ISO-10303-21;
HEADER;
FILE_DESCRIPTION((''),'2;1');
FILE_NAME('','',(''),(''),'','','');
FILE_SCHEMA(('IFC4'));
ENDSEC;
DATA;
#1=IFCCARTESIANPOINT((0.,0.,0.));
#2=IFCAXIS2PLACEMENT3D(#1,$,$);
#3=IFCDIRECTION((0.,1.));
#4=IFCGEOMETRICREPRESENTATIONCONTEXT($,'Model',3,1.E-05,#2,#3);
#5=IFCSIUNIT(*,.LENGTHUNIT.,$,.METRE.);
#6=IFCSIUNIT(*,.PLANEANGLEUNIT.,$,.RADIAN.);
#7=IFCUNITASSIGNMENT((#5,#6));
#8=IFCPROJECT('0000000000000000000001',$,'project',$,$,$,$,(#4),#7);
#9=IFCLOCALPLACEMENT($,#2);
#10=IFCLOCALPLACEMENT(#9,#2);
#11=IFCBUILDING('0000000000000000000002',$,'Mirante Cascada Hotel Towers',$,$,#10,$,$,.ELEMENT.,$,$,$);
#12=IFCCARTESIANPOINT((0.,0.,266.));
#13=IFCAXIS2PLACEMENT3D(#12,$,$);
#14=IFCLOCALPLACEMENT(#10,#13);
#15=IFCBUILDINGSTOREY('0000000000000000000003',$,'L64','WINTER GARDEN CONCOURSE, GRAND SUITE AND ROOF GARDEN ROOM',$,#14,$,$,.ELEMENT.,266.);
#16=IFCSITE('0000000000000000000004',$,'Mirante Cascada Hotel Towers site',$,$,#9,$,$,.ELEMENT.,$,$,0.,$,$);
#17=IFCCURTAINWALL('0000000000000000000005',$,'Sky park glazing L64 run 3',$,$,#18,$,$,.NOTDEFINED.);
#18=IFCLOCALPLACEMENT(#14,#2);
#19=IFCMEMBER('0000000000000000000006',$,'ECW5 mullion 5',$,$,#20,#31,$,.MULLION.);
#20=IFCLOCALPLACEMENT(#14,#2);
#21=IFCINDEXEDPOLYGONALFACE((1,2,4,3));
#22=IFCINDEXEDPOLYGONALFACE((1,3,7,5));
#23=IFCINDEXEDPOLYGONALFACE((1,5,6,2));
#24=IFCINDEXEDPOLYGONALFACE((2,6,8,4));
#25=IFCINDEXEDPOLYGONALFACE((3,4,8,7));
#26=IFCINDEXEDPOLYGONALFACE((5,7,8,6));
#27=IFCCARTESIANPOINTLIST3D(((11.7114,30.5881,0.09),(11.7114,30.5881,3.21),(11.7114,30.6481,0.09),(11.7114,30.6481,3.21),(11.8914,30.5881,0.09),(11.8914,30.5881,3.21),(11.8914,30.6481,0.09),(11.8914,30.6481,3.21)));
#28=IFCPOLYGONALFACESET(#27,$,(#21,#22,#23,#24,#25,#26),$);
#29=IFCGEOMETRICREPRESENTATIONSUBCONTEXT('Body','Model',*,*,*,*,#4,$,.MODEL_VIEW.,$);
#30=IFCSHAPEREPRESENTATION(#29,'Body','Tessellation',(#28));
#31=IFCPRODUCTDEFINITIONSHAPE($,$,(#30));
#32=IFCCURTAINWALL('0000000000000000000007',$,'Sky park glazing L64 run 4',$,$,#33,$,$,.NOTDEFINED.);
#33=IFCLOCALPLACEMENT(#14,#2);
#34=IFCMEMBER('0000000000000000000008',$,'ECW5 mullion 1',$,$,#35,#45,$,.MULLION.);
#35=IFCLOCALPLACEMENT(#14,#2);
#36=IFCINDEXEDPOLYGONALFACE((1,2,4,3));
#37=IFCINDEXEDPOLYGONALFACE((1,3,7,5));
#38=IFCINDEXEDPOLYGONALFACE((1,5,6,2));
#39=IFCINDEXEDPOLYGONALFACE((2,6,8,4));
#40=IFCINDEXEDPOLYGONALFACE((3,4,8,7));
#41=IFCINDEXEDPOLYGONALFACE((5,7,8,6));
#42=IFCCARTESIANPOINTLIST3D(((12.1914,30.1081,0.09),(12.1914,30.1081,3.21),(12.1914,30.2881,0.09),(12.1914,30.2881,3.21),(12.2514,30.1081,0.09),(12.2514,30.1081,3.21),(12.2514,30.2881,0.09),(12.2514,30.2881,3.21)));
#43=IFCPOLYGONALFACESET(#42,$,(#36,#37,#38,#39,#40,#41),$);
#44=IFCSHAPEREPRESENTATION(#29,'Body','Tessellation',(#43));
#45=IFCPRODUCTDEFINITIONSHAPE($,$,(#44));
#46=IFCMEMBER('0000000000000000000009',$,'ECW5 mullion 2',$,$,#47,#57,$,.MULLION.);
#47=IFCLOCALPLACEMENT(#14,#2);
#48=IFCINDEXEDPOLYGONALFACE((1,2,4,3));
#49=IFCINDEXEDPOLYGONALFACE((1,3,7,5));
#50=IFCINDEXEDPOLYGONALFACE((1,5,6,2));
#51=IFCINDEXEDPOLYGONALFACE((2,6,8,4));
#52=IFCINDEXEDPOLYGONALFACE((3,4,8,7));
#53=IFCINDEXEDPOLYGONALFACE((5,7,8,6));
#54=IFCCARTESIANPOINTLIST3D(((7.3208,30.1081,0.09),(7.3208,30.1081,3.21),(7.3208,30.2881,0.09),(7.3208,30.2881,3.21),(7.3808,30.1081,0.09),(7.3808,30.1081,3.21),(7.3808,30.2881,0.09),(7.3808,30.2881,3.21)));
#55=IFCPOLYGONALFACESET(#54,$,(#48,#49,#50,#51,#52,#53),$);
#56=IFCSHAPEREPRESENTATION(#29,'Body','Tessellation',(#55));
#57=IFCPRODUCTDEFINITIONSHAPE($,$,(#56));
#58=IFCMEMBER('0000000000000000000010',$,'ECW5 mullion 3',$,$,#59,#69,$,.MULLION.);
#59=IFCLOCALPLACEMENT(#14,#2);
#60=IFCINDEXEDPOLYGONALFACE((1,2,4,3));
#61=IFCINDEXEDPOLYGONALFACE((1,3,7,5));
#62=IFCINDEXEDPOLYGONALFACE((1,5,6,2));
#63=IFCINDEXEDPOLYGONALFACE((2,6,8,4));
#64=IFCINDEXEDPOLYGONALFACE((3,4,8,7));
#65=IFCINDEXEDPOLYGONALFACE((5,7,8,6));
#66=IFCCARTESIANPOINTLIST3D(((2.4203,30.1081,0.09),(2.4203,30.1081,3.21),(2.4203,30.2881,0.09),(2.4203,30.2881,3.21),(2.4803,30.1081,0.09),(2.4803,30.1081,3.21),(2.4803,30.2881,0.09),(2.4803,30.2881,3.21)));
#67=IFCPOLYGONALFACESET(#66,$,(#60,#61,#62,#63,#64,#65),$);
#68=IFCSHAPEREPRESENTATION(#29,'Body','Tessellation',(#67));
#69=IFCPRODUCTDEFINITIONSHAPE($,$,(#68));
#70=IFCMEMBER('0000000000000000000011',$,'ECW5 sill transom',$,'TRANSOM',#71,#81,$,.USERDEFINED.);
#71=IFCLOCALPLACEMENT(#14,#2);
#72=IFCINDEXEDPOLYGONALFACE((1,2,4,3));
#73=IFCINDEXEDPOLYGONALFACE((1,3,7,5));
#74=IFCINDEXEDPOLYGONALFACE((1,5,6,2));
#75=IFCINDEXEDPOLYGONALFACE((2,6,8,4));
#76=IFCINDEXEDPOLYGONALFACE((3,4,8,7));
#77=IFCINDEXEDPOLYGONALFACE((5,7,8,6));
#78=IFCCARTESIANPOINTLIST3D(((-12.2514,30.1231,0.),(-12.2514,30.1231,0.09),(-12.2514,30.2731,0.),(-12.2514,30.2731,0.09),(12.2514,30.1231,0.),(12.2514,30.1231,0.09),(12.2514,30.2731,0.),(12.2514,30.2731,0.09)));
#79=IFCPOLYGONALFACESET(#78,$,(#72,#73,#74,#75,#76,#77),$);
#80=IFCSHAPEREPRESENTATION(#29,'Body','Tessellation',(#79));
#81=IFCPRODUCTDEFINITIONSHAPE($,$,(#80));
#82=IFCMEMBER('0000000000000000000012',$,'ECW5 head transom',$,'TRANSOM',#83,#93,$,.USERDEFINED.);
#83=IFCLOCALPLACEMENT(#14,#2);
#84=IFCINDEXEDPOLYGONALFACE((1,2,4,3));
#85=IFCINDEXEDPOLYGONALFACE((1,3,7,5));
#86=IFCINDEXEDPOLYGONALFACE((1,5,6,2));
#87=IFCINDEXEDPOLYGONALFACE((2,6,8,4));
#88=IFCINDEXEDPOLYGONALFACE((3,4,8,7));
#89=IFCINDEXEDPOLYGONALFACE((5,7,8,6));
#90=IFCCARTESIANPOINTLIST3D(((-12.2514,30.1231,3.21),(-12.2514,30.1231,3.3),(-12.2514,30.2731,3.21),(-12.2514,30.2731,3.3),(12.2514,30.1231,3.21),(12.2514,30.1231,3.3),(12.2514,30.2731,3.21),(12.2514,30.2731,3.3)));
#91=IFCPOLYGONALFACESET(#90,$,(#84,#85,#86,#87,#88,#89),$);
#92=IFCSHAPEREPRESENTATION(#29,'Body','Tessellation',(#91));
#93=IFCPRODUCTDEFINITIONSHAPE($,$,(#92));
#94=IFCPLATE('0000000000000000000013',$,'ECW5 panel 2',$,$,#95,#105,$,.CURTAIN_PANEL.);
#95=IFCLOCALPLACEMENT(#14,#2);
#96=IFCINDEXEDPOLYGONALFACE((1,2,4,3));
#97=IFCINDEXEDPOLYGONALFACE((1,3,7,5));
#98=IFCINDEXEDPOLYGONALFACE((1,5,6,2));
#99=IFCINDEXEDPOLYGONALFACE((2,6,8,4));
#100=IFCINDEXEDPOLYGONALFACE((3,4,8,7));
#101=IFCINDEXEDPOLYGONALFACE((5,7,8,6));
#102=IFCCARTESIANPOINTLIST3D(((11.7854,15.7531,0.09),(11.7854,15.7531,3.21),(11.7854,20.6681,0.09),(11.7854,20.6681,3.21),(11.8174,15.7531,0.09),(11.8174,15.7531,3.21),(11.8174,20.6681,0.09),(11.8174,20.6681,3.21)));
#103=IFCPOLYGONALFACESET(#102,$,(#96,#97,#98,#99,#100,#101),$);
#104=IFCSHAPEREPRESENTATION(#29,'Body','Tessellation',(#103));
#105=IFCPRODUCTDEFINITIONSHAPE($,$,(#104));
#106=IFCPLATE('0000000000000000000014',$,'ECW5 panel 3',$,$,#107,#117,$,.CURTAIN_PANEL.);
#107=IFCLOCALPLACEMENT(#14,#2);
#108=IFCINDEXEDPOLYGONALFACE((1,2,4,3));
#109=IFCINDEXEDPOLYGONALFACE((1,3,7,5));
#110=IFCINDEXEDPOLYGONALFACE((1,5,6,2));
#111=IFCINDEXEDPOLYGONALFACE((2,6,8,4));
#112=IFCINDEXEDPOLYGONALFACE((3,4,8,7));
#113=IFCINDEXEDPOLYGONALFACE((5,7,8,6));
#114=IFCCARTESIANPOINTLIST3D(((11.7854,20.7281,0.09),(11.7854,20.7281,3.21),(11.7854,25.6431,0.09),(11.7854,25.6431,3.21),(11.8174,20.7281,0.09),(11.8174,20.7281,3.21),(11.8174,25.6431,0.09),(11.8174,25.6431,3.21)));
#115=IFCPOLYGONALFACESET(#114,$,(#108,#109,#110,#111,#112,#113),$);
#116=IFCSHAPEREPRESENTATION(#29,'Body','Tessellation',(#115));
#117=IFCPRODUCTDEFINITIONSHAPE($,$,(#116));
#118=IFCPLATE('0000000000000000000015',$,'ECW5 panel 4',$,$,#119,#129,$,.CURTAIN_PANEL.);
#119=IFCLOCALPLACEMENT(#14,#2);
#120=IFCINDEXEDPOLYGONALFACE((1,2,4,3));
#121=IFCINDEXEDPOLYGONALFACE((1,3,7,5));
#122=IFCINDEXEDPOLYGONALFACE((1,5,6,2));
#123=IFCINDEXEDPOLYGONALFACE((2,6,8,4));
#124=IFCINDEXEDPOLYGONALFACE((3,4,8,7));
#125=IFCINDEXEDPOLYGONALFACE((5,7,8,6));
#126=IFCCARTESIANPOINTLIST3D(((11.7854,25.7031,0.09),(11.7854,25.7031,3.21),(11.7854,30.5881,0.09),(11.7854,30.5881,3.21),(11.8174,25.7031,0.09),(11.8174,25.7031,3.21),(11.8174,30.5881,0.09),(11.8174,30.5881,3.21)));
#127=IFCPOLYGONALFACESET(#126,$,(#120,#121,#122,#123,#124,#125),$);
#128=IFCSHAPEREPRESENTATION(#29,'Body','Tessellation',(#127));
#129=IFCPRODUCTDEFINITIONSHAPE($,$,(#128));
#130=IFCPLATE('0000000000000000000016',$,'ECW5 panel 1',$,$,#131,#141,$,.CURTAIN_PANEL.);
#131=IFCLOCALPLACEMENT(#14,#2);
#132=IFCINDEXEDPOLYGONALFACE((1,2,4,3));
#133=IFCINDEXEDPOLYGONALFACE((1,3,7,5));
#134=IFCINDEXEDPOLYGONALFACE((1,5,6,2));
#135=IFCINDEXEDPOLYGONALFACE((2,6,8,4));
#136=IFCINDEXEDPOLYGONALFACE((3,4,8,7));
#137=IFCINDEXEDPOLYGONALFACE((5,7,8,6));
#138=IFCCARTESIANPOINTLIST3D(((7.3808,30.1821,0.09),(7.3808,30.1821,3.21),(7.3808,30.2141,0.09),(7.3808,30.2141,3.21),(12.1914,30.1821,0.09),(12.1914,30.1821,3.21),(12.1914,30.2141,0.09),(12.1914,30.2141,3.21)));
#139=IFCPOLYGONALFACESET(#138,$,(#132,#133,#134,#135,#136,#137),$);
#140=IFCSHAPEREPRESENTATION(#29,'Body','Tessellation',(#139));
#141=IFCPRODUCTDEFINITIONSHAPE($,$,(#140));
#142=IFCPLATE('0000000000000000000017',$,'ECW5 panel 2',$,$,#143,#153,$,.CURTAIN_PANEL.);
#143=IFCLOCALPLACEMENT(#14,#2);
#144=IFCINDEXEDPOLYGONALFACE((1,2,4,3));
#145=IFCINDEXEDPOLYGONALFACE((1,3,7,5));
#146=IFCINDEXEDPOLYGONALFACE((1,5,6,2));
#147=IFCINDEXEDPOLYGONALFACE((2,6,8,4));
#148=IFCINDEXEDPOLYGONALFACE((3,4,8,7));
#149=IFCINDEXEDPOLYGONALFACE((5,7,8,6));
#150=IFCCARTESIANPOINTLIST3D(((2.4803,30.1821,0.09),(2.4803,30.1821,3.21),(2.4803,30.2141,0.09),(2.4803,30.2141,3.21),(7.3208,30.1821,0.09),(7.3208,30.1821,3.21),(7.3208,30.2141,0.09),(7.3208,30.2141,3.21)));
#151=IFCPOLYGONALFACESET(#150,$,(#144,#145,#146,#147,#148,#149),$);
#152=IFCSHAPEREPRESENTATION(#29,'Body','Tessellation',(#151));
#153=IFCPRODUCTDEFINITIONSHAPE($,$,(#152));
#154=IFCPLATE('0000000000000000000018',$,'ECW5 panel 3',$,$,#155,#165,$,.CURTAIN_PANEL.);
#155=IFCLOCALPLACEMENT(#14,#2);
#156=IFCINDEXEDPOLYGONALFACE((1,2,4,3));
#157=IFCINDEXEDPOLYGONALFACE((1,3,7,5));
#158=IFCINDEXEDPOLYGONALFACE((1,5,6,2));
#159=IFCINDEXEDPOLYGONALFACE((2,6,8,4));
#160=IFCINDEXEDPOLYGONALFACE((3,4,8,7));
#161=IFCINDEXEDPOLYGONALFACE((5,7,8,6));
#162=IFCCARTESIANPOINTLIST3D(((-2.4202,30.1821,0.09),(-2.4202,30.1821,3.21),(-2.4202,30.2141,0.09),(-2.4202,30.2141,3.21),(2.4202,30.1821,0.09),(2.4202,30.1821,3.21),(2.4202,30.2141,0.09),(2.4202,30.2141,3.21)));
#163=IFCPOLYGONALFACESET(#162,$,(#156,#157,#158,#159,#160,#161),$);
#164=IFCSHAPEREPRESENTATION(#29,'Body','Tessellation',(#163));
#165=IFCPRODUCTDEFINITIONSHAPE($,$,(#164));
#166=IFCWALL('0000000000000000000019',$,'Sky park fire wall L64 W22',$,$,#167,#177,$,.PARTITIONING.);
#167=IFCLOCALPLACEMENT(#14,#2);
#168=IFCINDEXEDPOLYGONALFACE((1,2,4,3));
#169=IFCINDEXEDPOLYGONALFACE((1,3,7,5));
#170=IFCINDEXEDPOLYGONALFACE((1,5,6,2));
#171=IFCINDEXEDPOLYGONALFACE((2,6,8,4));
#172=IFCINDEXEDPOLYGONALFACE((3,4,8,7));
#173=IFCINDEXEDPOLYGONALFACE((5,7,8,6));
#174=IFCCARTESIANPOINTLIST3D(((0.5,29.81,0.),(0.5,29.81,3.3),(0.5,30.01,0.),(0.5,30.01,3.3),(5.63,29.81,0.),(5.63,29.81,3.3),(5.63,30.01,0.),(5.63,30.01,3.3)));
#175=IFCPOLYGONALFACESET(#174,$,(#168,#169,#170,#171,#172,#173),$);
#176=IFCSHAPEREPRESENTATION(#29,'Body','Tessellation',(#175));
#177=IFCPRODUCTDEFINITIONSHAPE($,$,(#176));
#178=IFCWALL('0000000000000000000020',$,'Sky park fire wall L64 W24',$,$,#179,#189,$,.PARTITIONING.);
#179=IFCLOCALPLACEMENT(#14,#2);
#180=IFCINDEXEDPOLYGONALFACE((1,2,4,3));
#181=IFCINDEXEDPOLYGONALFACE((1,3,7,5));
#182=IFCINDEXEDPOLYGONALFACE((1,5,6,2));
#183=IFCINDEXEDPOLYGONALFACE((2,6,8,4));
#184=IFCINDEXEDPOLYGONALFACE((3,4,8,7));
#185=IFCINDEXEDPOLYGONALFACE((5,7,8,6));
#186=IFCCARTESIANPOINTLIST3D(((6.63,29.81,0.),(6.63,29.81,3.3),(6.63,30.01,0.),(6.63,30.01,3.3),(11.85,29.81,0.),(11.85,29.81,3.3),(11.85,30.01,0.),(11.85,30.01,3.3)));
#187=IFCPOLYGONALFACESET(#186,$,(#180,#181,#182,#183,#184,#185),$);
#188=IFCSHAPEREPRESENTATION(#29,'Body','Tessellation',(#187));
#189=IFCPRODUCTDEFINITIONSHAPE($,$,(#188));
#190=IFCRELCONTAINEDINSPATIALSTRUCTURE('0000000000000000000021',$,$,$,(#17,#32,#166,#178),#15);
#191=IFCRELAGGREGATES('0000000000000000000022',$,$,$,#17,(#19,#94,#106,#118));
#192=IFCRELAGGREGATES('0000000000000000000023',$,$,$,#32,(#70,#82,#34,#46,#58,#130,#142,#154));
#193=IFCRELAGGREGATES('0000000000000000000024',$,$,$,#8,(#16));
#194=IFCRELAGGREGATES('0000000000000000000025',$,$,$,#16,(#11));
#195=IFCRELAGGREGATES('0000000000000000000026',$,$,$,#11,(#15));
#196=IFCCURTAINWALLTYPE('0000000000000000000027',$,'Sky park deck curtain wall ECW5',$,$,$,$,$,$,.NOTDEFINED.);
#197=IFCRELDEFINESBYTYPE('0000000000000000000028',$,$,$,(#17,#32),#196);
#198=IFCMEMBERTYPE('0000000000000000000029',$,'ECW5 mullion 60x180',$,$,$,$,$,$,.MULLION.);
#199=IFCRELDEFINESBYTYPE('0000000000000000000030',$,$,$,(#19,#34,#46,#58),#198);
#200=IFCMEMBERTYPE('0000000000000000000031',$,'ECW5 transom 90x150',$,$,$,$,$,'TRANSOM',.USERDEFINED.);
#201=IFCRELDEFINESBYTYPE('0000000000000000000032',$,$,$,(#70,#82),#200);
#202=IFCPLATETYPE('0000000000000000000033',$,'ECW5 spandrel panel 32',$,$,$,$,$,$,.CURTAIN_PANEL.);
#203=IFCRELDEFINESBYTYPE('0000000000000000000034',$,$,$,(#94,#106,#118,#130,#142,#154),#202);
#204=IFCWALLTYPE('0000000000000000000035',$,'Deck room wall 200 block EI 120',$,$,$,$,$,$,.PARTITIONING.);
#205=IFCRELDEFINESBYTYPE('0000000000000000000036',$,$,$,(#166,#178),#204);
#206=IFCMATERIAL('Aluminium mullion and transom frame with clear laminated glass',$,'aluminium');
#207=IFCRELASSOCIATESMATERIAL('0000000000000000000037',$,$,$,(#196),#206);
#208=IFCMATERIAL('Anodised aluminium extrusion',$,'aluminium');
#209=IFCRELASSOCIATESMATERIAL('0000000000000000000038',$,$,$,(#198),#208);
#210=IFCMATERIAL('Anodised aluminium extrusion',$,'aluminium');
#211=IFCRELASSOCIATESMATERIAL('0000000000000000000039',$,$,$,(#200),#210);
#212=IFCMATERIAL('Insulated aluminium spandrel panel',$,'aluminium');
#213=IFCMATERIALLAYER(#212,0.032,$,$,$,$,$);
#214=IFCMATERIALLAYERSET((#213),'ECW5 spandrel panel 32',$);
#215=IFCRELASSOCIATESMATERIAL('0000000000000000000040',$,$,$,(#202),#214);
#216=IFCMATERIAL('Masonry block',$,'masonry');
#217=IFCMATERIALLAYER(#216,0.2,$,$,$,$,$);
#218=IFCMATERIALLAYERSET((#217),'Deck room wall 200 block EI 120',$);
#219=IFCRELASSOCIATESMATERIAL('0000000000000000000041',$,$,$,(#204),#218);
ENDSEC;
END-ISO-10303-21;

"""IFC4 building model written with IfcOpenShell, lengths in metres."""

from ifc_helpers import new_model, si_unit, direction, frame, frame_2d, origin, origin_2d, place, context, subcontext, project, spatial, rectangle, extrude, material, layer, layer_set, material_profile, profile_set, type_object, element, aggregate, save


model = new_model("IFC4")

# Units and contexts
model_context = context("Model", 3, precision=1e-05, world=origin(), true_north=direction((0.0, 1.0)))
body_context = subcontext(model_context, "Body", "Model", "MODEL_VIEW")
ifc_project = project(units=[si_unit("LENGTHUNIT", "METRE"), si_unit("PLANEANGLEUNIT", "RADIAN")], contexts=[model_context])

# Site, building, storey
site_placement = place(None, origin())
site = spatial("IfcSite", under=ifc_project, at=site_placement, Name="Mirante Cascada Hotel Towers site", CompositionType="ELEMENT", RefElevation=0.0)
building_placement = place(site_placement, origin())
building = spatial("IfcBuilding", under=site, at=building_placement, Name="Mirante Cascada Hotel Towers", CompositionType="ELEMENT")
storey_placement = place(building_placement, frame((0.0, 0.0, 266.0)))
storey = spatial("IfcBuildingStorey", under=building, at=storey_placement, Name="L64", Description="WINTER GARDEN CONCOURSE, GRAND SUITE AND ROOF GARDEN ROOM", CompositionType="ELEMENT", Elevation=266.0)

# Curtain walls, members
ifc_material_1 = material(Name="Aluminium mullion and transom frame with clear laminated glass", Category="aluminium")
curtain_wall_type = type_object("IfcCurtainWallType", Name="Sky park deck curtain wall ECW5", PredefinedType="NOTDEFINED", material=ifc_material_1)
curtain_wall_1_placement = place(storey_placement, origin())
curtain_wall_1 = element("IfcCurtainWall", 1, at=curtain_wall_1_placement, inside=storey, type_object=curtain_wall_type, Name="Sky park glazing L64 run 3", PredefinedType="NOTDEFINED")
ifc_material_2 = material(Name="Anodised aluminium extrusion", Category="aluminium")
ifc_material_profile_1 = material_profile(ifc_material_2, rectangle(XDim=0.18, YDim=0.06, at=origin_2d()), Name="ECW5 MULLION 60x180")
ifc_profile_set_1 = profile_set([ifc_material_profile_1], Name="Anodised aluminium extrusion")
member_type_1 = type_object("IfcMemberType", Name="ECW5 mullion 60x180", PredefinedType="MULLION", material=ifc_profile_set_1)
member_1_placement = place(storey_placement, frame((11.8014, 30.6181, 0.09), z_axis=(0.0, 0.0, 1.0), x_axis=(-1.0, 0.0, 0.0)))
member_1 = element("IfcMember", 2, at=member_1_placement, type_object=member_type_1, Name="ECW5 mullion 5", PredefinedType="MULLION", context=body_context, shape_type="SweptSolid", body=[
    extrude(rectangle(XDim=0.18, YDim=0.06, at=origin_2d()), origin(), (0.0, 0.0, 1.0), 3.12),
])
curtain_wall_2_placement = place(storey_placement, origin())
curtain_wall_2 = element("IfcCurtainWall", 3, at=curtain_wall_2_placement, inside=storey, type_object=curtain_wall_type, Name="Sky park glazing L64 run 4", PredefinedType="NOTDEFINED")
member_2_placement = place(storey_placement, frame((12.2214, 30.1981, 0.09), z_axis=(0.0, 0.0, 1.0), x_axis=(0.0, -1.0, 0.0)))
member_2 = element("IfcMember", 4, at=member_2_placement, type_object=member_type_1, Name="ECW5 mullion 1", PredefinedType="MULLION", context=body_context, shape_type="SweptSolid", body=[
    extrude(rectangle(XDim=0.18, YDim=0.06, at=origin_2d()), origin(), (0.0, 0.0, 1.0), 3.12),
])
member_3_placement = place(storey_placement, frame((7.3508, 30.1981, 0.09), z_axis=(0.0, 0.0, 1.0), x_axis=(0.0, -1.0, 0.0)))
member_3 = element("IfcMember", 5, at=member_3_placement, type_object=member_type_1, Name="ECW5 mullion 2", PredefinedType="MULLION", context=body_context, shape_type="SweptSolid", body=[
    extrude(rectangle(XDim=0.18, YDim=0.06, at=origin_2d()), origin(), (0.0, 0.0, 1.0), 3.12),
])
member_4_placement = place(storey_placement, frame((2.4503, 30.1981, 0.09), z_axis=(0.0, 0.0, 1.0), x_axis=(0.0, -1.0, 0.0)))
member_4 = element("IfcMember", 6, at=member_4_placement, type_object=member_type_1, Name="ECW5 mullion 3", PredefinedType="MULLION", context=body_context, shape_type="SweptSolid", body=[
    extrude(rectangle(XDim=0.18, YDim=0.06, at=origin_2d()), origin(), (0.0, 0.0, 1.0), 3.12),
])
ifc_material_3 = material(Name="Anodised aluminium extrusion", Category="aluminium")
ifc_material_profile_2 = material_profile(ifc_material_3, rectangle(XDim=0.15, YDim=0.09, at=origin_2d()), Name="ECW5 TRANSOM 90x150")
ifc_profile_set_2 = profile_set([ifc_material_profile_2], Name="Anodised aluminium extrusion")
member_type_2 = type_object("IfcMemberType", Name="ECW5 transom 90x150", ElementType="TRANSOM", PredefinedType="USERDEFINED", material=ifc_profile_set_2)
member_5_placement = place(storey_placement, frame((12.2514, 30.1981, 0.045), z_axis=(-1.0, 0.0, 0.0), x_axis=(0.0, -1.0, 0.0)))
member_5 = element("IfcMember", 7, at=member_5_placement, type_object=member_type_2, Name="ECW5 sill transom", ObjectType="TRANSOM", PredefinedType="USERDEFINED", context=body_context, shape_type="SweptSolid", body=[
    extrude(rectangle(XDim=0.15, YDim=0.09, at=origin_2d()), origin(), (0.0, 0.0, 1.0), 24.5028),
])
member_6_placement = place(storey_placement, frame((12.2514, 30.1981, 3.255), z_axis=(-1.0, 0.0, 0.0), x_axis=(0.0, -1.0, 0.0)))
member_6 = element("IfcMember", 8, at=member_6_placement, type_object=member_type_2, Name="ECW5 head transom", ObjectType="TRANSOM", PredefinedType="USERDEFINED", context=body_context, shape_type="SweptSolid", body=[
    extrude(rectangle(XDim=0.15, YDim=0.09, at=origin_2d()), origin(), (0.0, 0.0, 1.0), 24.5028),
])

# Plates
ifc_material_4 = material(Name="Insulated aluminium spandrel panel", Category="aluminium")
ifc_layer_1 = layer(ifc_material_4, 0.032)
ifc_layer_set_1 = layer_set([ifc_layer_1], Name="ECW5 spandrel panel 32")
plate_type = type_object("IfcPlateType", Name="ECW5 spandrel panel 32", PredefinedType="CURTAIN_PANEL", material=ifc_layer_set_1)
plate_1_placement = place(storey_placement, frame((11.8014, 18.2106, 0.09), z_axis=(0.0, 0.0, 1.0), x_axis=(0.0, 1.0, 0.0)))
plate_1 = element("IfcPlate", 9, at=plate_1_placement, type_object=plate_type, Name="ECW5 panel 2", PredefinedType="CURTAIN_PANEL", context=body_context, shape_type="SweptSolid", body=[
    extrude(rectangle(XDim=4.915, YDim=0.032, at=origin_2d()), origin(), (0.0, 0.0, 1.0), 3.12),
])
plate_2_placement = place(storey_placement, frame((11.8014, 23.1856, 0.09), z_axis=(0.0, 0.0, 1.0), x_axis=(0.0, 1.0, 0.0)))
plate_2 = element("IfcPlate", 10, at=plate_2_placement, type_object=plate_type, Name="ECW5 panel 3", PredefinedType="CURTAIN_PANEL", context=body_context, shape_type="SweptSolid", body=[
    extrude(rectangle(XDim=4.915, YDim=0.032, at=origin_2d()), origin(), (0.0, 0.0, 1.0), 3.12),
])
plate_3_placement = place(storey_placement, frame((11.8014, 28.1456, 0.09), z_axis=(0.0, 0.0, 1.0), x_axis=(0.0, 1.0, 0.0)))
plate_3 = element("IfcPlate", 11, at=plate_3_placement, type_object=plate_type, Name="ECW5 panel 4", PredefinedType="CURTAIN_PANEL", context=body_context, shape_type="SweptSolid", body=[
    extrude(rectangle(XDim=4.885, YDim=0.032, at=origin_2d()), origin(), (0.0, 0.0, 1.0), 3.12),
])
aggregate(curtain_wall_1, [member_1, plate_1, plate_2, plate_3])
plate_4_placement = place(storey_placement, frame((9.7861, 30.1981, 0.09), z_axis=(0.0, 0.0, 1.0), x_axis=(-1.0, 0.0, 0.0)))
plate_4 = element("IfcPlate", 12, at=plate_4_placement, type_object=plate_type, Name="ECW5 panel 1", PredefinedType="CURTAIN_PANEL", context=body_context, shape_type="SweptSolid", body=[
    extrude(rectangle(XDim=4.8105, YDim=0.032, at=origin_2d()), origin(), (0.0, 0.0, 1.0), 3.12),
])
plate_5_placement = place(storey_placement, frame((4.9005, 30.1981, 0.09), z_axis=(0.0, 0.0, 1.0), x_axis=(-1.0, 0.0, 0.0)))
plate_5 = element("IfcPlate", 13, at=plate_5_placement, type_object=plate_type, Name="ECW5 panel 2", PredefinedType="CURTAIN_PANEL", context=body_context, shape_type="SweptSolid", body=[
    extrude(rectangle(XDim=4.8405, YDim=0.032, at=origin_2d()), origin(), (0.0, 0.0, 1.0), 3.12),
])
plate_6_placement = place(storey_placement, frame((0.0, 30.1981, 0.09), z_axis=(0.0, 0.0, 1.0), x_axis=(-1.0, 0.0, 0.0)))
plate_6 = element("IfcPlate", 14, at=plate_6_placement, type_object=plate_type, Name="ECW5 panel 3", PredefinedType="CURTAIN_PANEL", context=body_context, shape_type="SweptSolid", body=[
    extrude(rectangle(XDim=4.8405, YDim=0.032, at=origin_2d()), origin(), (0.0, 0.0, 1.0), 3.12),
])
aggregate(curtain_wall_2, [member_5, member_6, member_2, member_3, member_4, plate_4, plate_5, plate_6])

# Walls
ifc_material_5 = material(Name="Masonry block", Category="masonry")
ifc_layer_2 = layer(ifc_material_5, 0.2)
ifc_layer_set_2 = layer_set([ifc_layer_2], Name="Deck room wall 200 block EI 120")
wall_type = type_object("IfcWallType", Name="Deck room wall 200 block EI 120", PredefinedType="PARTITIONING", material=ifc_layer_set_2)
wall_1_placement = place(storey_placement, frame((0.5, 29.91, 0.0), z_axis=(0.0, 0.0, 1.0), x_axis=(1.0, 0.0, 0.0)))
element("IfcWall", 15, at=wall_1_placement, inside=storey, type_object=wall_type, Name="Sky park fire wall L64 W22", PredefinedType="PARTITIONING", context=body_context, shape_type="SweptSolid", body=[
    extrude(rectangle(XDim=5.13, YDim=0.2, at=frame_2d((2.565, 0.0))), origin(), (0.0, 0.0, 1.0), 3.3),
])
wall_2_placement = place(storey_placement, frame((6.63, 29.91, 0.0), z_axis=(0.0, 0.0, 1.0), x_axis=(1.0, 0.0, 0.0)))
element("IfcWall", 16, at=wall_2_placement, inside=storey, type_object=wall_type, Name="Sky park fire wall L64 W24", PredefinedType="PARTITIONING", context=body_context, shape_type="SweptSolid", body=[
    extrude(rectangle(XDim=5.22, YDim=0.2, at=frame_2d((2.61, 0.0))), origin(), (0.0, 0.0, 1.0), 3.3),
])

save(model, "model.ifc")
